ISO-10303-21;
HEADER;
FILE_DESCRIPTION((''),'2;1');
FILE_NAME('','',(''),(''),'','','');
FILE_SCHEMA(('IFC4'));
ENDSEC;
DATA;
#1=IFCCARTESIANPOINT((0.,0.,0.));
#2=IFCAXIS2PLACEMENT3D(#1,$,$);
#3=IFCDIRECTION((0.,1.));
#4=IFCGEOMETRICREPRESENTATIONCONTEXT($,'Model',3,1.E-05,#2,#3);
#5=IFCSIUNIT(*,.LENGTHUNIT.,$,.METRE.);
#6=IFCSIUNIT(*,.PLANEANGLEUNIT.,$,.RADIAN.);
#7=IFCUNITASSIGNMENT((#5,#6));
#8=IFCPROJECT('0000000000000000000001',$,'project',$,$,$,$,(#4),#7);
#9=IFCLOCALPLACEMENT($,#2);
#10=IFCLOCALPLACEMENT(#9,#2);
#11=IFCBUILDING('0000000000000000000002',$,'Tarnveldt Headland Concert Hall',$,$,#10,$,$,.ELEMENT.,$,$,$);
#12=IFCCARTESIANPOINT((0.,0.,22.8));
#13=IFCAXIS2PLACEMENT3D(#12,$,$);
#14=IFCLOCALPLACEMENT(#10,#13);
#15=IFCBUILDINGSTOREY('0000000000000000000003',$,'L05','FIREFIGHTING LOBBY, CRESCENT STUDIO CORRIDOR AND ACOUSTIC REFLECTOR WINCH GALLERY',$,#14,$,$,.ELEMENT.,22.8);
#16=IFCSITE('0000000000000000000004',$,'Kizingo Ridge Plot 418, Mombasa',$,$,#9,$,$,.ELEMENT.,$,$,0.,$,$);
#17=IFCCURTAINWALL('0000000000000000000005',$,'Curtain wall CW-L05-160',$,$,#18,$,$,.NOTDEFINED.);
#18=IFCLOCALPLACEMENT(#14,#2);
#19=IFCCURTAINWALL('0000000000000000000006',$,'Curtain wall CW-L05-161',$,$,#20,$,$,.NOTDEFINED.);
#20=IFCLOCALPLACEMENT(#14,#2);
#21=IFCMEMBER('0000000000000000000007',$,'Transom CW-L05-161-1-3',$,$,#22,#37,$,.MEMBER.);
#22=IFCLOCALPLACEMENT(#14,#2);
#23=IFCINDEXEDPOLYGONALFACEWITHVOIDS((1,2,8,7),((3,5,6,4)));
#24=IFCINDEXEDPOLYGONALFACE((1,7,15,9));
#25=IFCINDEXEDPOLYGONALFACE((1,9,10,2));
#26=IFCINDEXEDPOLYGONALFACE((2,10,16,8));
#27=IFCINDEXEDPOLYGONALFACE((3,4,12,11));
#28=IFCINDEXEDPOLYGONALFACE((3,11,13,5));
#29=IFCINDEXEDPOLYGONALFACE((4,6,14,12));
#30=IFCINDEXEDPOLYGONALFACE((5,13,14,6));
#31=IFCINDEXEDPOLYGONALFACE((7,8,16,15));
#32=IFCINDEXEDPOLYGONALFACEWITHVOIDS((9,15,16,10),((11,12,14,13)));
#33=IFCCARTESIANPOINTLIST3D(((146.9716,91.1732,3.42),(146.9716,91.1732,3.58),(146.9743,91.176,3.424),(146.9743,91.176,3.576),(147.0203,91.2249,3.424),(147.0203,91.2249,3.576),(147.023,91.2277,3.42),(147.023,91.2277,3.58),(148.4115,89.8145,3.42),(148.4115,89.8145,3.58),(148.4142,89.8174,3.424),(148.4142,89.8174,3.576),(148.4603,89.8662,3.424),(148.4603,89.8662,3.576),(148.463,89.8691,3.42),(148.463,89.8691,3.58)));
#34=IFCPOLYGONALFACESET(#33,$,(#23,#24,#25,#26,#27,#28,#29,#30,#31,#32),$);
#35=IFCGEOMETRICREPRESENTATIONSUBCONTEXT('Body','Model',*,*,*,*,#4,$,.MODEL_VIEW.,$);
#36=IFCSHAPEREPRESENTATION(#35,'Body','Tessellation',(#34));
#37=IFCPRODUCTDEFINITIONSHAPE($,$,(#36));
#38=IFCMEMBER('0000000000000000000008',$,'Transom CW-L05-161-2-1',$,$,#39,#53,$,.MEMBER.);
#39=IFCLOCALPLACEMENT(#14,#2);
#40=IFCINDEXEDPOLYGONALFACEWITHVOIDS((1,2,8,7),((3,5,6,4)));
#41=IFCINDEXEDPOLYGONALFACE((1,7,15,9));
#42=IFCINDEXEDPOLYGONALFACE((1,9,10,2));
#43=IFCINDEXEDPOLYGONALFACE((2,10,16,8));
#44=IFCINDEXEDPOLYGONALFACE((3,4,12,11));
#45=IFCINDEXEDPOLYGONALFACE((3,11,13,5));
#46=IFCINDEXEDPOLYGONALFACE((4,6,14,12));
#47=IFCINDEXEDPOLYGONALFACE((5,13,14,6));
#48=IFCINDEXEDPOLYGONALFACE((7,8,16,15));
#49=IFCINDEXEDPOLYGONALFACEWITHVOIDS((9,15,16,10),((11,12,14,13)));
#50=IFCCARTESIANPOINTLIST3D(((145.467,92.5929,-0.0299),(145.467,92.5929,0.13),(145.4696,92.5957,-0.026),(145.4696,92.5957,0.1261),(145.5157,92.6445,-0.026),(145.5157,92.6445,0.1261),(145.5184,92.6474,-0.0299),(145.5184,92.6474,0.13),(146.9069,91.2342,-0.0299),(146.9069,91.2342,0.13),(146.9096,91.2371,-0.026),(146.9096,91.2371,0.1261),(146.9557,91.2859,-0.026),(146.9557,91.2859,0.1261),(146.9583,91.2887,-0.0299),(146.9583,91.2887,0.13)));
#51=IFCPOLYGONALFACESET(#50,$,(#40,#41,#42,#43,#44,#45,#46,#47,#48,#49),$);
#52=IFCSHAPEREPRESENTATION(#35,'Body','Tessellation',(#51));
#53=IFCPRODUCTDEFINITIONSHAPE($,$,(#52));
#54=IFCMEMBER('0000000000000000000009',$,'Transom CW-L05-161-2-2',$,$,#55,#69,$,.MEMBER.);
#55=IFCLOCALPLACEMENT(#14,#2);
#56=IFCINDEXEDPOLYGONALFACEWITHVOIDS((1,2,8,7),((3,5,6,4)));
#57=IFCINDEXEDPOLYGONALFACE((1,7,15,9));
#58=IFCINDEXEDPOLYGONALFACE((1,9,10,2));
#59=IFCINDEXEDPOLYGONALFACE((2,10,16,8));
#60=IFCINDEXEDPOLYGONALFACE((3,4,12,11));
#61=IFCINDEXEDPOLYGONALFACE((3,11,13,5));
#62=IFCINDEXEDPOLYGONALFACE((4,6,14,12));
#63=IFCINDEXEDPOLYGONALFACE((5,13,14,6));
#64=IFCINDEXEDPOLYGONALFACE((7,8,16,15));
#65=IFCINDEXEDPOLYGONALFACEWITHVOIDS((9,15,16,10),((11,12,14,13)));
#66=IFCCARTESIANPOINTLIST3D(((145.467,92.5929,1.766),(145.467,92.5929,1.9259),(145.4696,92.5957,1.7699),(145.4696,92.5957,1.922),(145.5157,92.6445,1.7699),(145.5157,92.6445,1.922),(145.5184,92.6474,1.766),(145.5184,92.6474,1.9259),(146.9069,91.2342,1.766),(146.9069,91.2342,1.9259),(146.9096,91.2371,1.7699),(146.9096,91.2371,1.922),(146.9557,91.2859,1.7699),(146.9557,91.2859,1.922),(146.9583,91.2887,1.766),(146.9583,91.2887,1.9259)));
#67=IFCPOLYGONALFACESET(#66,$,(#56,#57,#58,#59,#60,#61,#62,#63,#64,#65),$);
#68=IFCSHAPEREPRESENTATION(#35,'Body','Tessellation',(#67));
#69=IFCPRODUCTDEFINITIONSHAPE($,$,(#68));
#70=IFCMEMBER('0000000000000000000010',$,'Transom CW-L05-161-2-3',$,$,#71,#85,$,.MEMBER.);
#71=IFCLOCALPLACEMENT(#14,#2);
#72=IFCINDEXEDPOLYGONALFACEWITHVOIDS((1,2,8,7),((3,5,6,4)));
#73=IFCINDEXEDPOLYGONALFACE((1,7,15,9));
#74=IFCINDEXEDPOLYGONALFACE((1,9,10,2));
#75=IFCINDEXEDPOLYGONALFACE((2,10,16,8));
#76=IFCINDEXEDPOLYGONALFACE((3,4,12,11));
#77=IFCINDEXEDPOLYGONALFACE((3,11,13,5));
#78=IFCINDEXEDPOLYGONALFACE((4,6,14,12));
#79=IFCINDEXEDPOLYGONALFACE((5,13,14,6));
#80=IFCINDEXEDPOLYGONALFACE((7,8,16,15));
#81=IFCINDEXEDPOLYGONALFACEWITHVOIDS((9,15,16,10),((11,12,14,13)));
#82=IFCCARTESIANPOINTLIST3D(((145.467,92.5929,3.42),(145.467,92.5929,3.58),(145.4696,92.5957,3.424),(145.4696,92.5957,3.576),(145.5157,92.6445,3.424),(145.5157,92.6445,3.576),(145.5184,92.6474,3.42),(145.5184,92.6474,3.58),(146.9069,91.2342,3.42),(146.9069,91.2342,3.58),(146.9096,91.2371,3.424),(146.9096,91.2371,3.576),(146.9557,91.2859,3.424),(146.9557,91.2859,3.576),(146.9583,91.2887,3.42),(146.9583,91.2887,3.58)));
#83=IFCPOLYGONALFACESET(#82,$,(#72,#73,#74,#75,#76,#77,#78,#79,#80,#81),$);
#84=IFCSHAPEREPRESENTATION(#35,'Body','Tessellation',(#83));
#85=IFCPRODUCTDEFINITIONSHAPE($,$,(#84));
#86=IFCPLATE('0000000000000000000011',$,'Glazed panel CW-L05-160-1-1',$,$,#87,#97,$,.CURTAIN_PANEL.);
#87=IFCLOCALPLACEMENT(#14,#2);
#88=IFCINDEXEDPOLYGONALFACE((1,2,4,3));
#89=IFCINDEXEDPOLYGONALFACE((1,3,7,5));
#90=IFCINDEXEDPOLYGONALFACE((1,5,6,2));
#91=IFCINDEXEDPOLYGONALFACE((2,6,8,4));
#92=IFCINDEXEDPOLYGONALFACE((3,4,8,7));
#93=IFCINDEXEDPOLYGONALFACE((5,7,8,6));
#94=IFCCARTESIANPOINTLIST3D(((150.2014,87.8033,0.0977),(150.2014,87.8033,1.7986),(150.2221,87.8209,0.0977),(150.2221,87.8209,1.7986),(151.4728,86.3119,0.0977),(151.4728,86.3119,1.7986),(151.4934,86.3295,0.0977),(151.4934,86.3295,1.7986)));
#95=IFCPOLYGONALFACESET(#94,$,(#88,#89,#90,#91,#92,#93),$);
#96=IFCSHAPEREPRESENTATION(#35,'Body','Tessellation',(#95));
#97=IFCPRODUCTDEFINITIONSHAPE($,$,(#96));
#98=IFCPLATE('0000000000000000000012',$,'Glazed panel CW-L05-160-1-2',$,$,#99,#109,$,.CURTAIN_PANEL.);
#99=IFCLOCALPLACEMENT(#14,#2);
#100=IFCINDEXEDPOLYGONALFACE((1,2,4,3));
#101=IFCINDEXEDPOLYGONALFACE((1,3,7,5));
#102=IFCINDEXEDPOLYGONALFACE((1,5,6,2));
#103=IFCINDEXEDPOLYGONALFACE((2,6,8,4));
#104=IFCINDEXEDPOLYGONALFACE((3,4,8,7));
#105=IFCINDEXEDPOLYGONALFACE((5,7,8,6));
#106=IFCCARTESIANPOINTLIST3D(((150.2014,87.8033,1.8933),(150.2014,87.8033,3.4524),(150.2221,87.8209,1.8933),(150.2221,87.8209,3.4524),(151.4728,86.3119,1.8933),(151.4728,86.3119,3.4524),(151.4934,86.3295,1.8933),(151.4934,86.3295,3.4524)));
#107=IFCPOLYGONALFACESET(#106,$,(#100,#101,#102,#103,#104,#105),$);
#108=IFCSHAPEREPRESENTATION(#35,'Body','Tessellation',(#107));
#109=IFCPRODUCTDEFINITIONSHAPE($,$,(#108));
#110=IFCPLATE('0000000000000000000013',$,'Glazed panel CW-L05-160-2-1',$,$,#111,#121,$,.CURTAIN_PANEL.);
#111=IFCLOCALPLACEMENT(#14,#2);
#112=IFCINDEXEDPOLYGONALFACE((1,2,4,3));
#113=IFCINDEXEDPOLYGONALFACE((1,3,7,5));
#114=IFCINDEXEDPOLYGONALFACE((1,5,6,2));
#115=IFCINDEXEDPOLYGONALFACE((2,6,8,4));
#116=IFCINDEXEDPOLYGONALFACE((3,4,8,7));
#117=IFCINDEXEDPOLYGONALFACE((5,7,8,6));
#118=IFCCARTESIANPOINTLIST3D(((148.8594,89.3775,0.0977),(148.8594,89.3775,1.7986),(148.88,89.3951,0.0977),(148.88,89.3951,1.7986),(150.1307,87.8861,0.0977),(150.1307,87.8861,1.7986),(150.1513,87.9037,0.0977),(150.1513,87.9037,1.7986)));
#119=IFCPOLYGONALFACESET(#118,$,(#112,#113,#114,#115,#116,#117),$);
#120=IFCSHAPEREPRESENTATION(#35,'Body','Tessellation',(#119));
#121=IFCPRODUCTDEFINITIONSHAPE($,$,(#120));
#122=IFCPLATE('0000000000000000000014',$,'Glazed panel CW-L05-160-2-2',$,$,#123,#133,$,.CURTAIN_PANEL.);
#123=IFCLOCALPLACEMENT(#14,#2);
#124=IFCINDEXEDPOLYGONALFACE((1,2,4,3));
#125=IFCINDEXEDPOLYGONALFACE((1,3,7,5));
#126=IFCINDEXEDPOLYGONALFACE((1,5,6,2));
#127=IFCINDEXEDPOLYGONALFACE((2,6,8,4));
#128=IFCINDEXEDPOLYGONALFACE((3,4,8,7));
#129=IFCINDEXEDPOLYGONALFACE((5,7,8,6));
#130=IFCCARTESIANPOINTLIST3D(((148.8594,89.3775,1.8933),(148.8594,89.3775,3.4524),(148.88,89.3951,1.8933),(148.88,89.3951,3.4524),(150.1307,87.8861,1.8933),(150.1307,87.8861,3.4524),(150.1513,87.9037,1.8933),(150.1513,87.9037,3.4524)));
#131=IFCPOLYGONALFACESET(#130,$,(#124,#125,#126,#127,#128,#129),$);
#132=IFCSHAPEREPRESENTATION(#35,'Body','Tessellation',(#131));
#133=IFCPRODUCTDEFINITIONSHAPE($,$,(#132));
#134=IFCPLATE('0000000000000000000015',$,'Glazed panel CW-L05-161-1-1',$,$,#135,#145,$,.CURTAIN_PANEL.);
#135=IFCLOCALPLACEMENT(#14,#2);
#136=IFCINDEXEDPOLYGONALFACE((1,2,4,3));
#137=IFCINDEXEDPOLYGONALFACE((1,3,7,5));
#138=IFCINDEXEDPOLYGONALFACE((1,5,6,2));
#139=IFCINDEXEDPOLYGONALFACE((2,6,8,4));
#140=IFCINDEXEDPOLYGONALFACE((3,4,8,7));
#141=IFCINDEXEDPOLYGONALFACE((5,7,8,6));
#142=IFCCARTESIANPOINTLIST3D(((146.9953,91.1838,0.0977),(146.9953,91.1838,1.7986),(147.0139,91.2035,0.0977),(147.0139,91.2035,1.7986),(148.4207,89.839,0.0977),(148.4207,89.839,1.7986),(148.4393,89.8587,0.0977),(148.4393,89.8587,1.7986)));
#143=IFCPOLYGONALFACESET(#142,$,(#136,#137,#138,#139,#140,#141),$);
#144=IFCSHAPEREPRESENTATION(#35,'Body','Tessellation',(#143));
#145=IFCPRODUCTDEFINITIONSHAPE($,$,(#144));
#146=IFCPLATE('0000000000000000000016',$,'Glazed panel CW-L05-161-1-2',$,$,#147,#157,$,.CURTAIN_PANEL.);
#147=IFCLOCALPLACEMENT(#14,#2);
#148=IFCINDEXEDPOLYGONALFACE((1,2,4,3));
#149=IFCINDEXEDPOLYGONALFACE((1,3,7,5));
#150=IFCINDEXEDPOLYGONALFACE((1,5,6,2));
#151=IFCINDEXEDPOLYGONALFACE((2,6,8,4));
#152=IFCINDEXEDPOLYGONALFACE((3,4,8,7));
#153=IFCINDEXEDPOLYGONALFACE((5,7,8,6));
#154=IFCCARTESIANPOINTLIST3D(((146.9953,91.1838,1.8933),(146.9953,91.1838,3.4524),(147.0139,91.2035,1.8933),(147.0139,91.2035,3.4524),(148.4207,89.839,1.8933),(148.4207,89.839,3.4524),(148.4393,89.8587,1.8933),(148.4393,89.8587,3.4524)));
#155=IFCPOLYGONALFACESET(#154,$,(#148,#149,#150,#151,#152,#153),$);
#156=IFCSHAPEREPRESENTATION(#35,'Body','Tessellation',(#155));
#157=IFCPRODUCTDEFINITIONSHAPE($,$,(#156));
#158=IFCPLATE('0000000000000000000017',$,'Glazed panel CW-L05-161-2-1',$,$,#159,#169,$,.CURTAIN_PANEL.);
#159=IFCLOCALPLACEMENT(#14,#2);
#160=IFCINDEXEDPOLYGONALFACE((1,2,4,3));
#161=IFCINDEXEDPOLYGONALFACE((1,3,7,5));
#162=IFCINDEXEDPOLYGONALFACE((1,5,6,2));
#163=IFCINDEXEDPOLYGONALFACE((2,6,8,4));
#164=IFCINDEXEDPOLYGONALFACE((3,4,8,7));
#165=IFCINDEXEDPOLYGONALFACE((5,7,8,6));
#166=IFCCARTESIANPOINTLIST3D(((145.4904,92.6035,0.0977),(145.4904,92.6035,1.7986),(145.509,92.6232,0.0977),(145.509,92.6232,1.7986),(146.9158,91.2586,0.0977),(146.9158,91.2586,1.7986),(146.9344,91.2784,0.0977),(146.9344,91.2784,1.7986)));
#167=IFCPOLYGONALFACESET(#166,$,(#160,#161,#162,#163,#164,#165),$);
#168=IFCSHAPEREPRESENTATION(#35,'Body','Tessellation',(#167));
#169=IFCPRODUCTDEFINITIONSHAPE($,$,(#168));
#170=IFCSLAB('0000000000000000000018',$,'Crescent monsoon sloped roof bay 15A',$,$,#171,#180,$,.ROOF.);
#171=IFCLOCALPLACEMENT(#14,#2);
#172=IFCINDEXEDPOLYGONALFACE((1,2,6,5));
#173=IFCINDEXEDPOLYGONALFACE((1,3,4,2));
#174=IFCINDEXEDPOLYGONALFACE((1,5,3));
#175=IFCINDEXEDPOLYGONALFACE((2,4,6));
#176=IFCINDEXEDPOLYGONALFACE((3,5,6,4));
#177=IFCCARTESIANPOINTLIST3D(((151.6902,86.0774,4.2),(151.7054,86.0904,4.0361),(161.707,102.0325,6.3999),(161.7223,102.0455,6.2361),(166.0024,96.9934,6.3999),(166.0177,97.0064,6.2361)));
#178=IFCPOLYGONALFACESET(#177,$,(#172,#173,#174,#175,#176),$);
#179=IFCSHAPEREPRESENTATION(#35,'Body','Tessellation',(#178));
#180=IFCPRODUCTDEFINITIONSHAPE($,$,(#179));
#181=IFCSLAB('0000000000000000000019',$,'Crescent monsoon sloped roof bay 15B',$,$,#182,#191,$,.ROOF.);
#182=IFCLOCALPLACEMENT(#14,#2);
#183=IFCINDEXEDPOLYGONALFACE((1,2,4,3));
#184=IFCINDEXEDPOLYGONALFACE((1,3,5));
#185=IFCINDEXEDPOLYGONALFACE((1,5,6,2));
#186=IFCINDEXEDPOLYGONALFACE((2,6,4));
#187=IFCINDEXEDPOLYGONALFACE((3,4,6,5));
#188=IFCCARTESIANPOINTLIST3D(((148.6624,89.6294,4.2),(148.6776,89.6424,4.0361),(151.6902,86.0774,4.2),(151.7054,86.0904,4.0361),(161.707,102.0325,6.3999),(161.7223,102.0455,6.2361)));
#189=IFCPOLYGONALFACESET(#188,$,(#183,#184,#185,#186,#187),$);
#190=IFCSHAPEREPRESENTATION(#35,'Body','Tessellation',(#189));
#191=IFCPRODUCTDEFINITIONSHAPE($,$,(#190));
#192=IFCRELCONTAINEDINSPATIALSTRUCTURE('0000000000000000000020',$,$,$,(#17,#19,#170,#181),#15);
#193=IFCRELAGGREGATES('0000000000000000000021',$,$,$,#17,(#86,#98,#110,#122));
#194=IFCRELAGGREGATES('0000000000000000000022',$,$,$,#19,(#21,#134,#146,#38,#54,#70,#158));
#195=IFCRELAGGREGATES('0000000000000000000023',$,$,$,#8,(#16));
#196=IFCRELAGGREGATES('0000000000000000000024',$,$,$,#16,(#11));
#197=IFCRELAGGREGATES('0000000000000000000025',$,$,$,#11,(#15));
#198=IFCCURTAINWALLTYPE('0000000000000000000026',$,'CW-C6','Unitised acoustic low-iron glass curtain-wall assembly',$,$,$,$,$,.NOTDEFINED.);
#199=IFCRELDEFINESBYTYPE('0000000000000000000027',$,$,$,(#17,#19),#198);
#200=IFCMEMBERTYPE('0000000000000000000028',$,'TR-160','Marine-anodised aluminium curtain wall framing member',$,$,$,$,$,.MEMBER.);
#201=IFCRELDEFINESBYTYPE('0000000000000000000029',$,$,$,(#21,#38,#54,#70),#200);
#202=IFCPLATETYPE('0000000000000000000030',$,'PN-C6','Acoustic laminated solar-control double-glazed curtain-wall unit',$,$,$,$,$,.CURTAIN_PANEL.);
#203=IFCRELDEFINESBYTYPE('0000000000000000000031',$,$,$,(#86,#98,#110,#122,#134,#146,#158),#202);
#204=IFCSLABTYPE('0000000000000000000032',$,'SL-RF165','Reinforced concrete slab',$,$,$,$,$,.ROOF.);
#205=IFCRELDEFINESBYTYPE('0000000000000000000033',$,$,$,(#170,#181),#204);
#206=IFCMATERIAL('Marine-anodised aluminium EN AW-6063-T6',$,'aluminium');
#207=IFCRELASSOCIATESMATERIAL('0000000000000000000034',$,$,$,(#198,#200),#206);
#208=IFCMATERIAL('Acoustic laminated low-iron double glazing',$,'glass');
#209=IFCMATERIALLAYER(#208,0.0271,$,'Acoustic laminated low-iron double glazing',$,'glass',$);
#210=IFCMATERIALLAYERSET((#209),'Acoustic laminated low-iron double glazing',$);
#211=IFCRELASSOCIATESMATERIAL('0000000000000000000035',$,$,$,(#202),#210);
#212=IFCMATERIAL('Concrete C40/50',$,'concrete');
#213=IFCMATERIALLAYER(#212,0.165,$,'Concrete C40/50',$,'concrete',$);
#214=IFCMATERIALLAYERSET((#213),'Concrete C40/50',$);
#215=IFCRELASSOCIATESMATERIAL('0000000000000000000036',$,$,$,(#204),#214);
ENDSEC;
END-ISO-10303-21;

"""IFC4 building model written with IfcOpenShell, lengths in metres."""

from ifc_helpers import new_model, si_unit, direction, frame, origin, origin_2d, place, context, subcontext, project, spatial, polyline, rectangle, hollow_rectangle, outline, extrude, material, layer, layer_set, material_profile, profile_set, type_object, element, aggregate, save


model = new_model("IFC4")

# Units and contexts
model_context = context("Model", 3, precision=1e-05, world=origin(), true_north=direction((0.0, 1.0)))
body_context = subcontext(model_context, "Body", "Model", "MODEL_VIEW")
ifc_project = project(units=[si_unit("LENGTHUNIT", "METRE"), si_unit("PLANEANGLEUNIT", "RADIAN")], contexts=[model_context])

# Site, building, storey
site_placement = place(None, origin())
site = spatial("IfcSite", under=ifc_project, at=site_placement, Name="Kizingo Ridge Plot 418, Mombasa", CompositionType="ELEMENT", RefElevation=0.0)
building_placement = place(site_placement, origin())
building = spatial("IfcBuilding", under=site, at=building_placement, Name="Tarnveldt Headland Concert Hall", CompositionType="ELEMENT")
storey_placement = place(building_placement, frame((0.0, 0.0, 22.8)))
storey = spatial("IfcBuildingStorey", under=building, at=storey_placement, Name="L05", Description="FIREFIGHTING LOBBY, CRESCENT STUDIO CORRIDOR AND ACOUSTIC REFLECTOR WINCH GALLERY", CompositionType="ELEMENT", Elevation=22.8)

# Shared definitions
ifc_material_1 = material(Name="Marine-anodised aluminium EN AW-6063-T6", Category="aluminium")
curtain_wall_type = type_object("IfcCurtainWallType", Name="CW-C6", Description="Unitised acoustic low-iron glass curtain-wall assembly", PredefinedType="NOTDEFINED", material=ifc_material_1)

# Curtain walls
curtain_wall_1_placement = place(storey_placement, origin())
curtain_wall_1 = element("IfcCurtainWall", 1, at=curtain_wall_1_placement, inside=storey, type_object=curtain_wall_type, Name="Curtain wall CW-L05-160", PredefinedType="NOTDEFINED")
curtain_wall_2_placement = place(storey_placement, origin())
curtain_wall_2 = element("IfcCurtainWall", 2, at=curtain_wall_2_placement, inside=storey, type_object=curtain_wall_type, Name="Curtain wall CW-L05-161", PredefinedType="NOTDEFINED")

# Members
ifc_material_profile_1 = material_profile(ifc_material_1, hollow_rectangle(XDim=0.075, YDim=0.1599, WallThickness=0.0039, at=origin_2d()), Name="ALU TRANSOM 75x160x4", Category="aluminium")
ifc_profile_set_1 = profile_set([ifc_material_profile_1], Name="Marine-anodised aluminium EN AW-6063-T6")
member_type_1 = type_object("IfcMemberType", Name="TR-160", Description="Marine-anodised aluminium curtain wall framing member", PredefinedType="MEMBER", material=ifc_profile_set_1)
member_1_placement = place(storey_placement, frame((148.4373, 89.8418, 3.5), z_axis=(-0.727341, 0.686276, 0.0), x_axis=(-0.686276, -0.727341, 0.0)))
member_1 = element("IfcMember", 3, at=member_1_placement, type_object=member_type_1, Name="Transom CW-L05-161-1-3", PredefinedType="MEMBER", context=body_context, shape_type="SweptSolid", body=[
    extrude(hollow_rectangle(XDim=0.075, YDim=0.1599, WallThickness=0.0039, at=origin_2d()), origin(), (0.0, 0.0, 1.0), 1.9797),
])
member_2_placement = place(storey_placement, frame((146.9326, 91.2615, 0.05), z_axis=(-0.727341, 0.686276, 0.0), x_axis=(-0.686276, -0.727341, 0.0)))
member_2 = element("IfcMember", 4, at=member_2_placement, type_object=member_type_1, Name="Transom CW-L05-161-2-1", PredefinedType="MEMBER", context=body_context, shape_type="SweptSolid", body=[
    extrude(hollow_rectangle(XDim=0.075, YDim=0.1599, WallThickness=0.0039, at=origin_2d()), origin(), (0.0, 0.0, 1.0), 1.9797),
])
member_3_placement = place(storey_placement, frame((146.9326, 91.2615, 1.8459), z_axis=(-0.727341, 0.686276, 0.0), x_axis=(-0.686276, -0.727341, 0.0)))
member_3 = element("IfcMember", 5, at=member_3_placement, type_object=member_type_1, Name="Transom CW-L05-161-2-2", PredefinedType="MEMBER", context=body_context, shape_type="SweptSolid", body=[
    extrude(hollow_rectangle(XDim=0.075, YDim=0.1599, WallThickness=0.0039, at=origin_2d()), origin(), (0.0, 0.0, 1.0), 1.9797),
])
member_4_placement = place(storey_placement, frame((146.9326, 91.2615, 3.5), z_axis=(-0.727341, 0.686276, 0.0), x_axis=(-0.686276, -0.727341, 0.0)))
member_4 = element("IfcMember", 6, at=member_4_placement, type_object=member_type_1, Name="Transom CW-L05-161-2-3", PredefinedType="MEMBER", context=body_context, shape_type="SweptSolid", body=[
    extrude(hollow_rectangle(XDim=0.075, YDim=0.1599, WallThickness=0.0039, at=origin_2d()), origin(), (0.0, 0.0, 1.0), 1.9797),
])

# Plates
ifc_material_2 = material(Name="Acoustic laminated low-iron double glazing", Category="glass")
ifc_layer_1 = layer(ifc_material_2, 0.0271, Name="Acoustic laminated low-iron double glazing", Category="glass")
ifc_layer_set_1 = layer_set([ifc_layer_1], Name="Acoustic laminated low-iron double glazing")
plate_type = type_object("IfcPlateType", Name="PN-C6", Description="Acoustic laminated solar-control double-glazed curtain-wall unit", PredefinedType="CURTAIN_PANEL", material=ifc_layer_set_1)
plate_1_placement = place(storey_placement, frame((150.8474, 87.0664, 0.0977), z_axis=(0.0, 0.0, 1.0), x_axis=(-0.648718, 0.761029, 0.0)))
plate_1 = element("IfcPlate", 7, at=plate_1_placement, type_object=plate_type, Name="Glazed panel CW-L05-160-1-1", PredefinedType="CURTAIN_PANEL", context=body_context, shape_type="SweptSolid", body=[
    extrude(rectangle(XDim=1.9597, YDim=0.0271, at=origin_2d()), origin(), (0.0, 0.0, 1.0), 1.7009),
])
plate_2_placement = place(storey_placement, frame((150.8474, 87.0664, 1.8933), z_axis=(0.0, 0.0, 1.0), x_axis=(-0.648718, 0.761029, 0.0)))
plate_2 = element("IfcPlate", 8, at=plate_2_placement, type_object=plate_type, Name="Glazed panel CW-L05-160-1-2", PredefinedType="CURTAIN_PANEL", context=body_context, shape_type="SweptSolid", body=[
    extrude(rectangle(XDim=1.9597, YDim=0.0271, at=origin_2d()), origin(), (0.0, 0.0, 1.0), 1.5591),
])
plate_3_placement = place(storey_placement, frame((149.5054, 88.6406, 0.0977), z_axis=(0.0, 0.0, 1.0), x_axis=(-0.648718, 0.761029, 0.0)))
plate_3 = element("IfcPlate", 9, at=plate_3_placement, type_object=plate_type, Name="Glazed panel CW-L05-160-2-1", PredefinedType="CURTAIN_PANEL", context=body_context, shape_type="SweptSolid", body=[
    extrude(rectangle(XDim=1.9597, YDim=0.0271, at=origin_2d()), origin(), (0.0, 0.0, 1.0), 1.7009),
])
plate_4_placement = place(storey_placement, frame((149.5054, 88.6406, 1.8933), z_axis=(0.0, 0.0, 1.0), x_axis=(-0.648718, 0.761029, 0.0)))
plate_4 = element("IfcPlate", 10, at=plate_4_placement, type_object=plate_type, Name="Glazed panel CW-L05-160-2-2", PredefinedType="CURTAIN_PANEL", context=body_context, shape_type="SweptSolid", body=[
    extrude(rectangle(XDim=1.9597, YDim=0.0271, at=origin_2d()), origin(), (0.0, 0.0, 1.0), 1.5591),
])
aggregate(curtain_wall_1, [plate_1, plate_2, plate_3, plate_4])
plate_5_placement = place(storey_placement, frame((147.7173, 90.5212, 0.0977), z_axis=(0.0, 0.0, 1.0), x_axis=(-0.727378, 0.686237, 0.0)))
plate_5 = element("IfcPlate", 11, at=plate_5_placement, type_object=plate_type, Name="Glazed panel CW-L05-161-1-1", PredefinedType="CURTAIN_PANEL", context=body_context, shape_type="SweptSolid", body=[
    extrude(rectangle(XDim=1.9597, YDim=0.0271, at=origin_2d()), origin(), (0.0, 0.0, 1.0), 1.7009),
])
plate_6_placement = place(storey_placement, frame((147.7173, 90.5212, 1.8933), z_axis=(0.0, 0.0, 1.0), x_axis=(-0.727378, 0.686237, 0.0)))
plate_6 = element("IfcPlate", 12, at=plate_6_placement, type_object=plate_type, Name="Glazed panel CW-L05-161-1-2", PredefinedType="CURTAIN_PANEL", context=body_context, shape_type="SweptSolid", body=[
    extrude(rectangle(XDim=1.9597, YDim=0.0271, at=origin_2d()), origin(), (0.0, 0.0, 1.0), 1.5591),
])
plate_7_placement = place(storey_placement, frame((146.2124, 91.9409, 0.0977), z_axis=(0.0, 0.0, 1.0), x_axis=(-0.727378, 0.686237, 0.0)))
plate_7 = element("IfcPlate", 13, at=plate_7_placement, type_object=plate_type, Name="Glazed panel CW-L05-161-2-1", PredefinedType="CURTAIN_PANEL", context=body_context, shape_type="SweptSolid", body=[
    extrude(rectangle(XDim=1.9597, YDim=0.0271, at=origin_2d()), origin(), (0.0, 0.0, 1.0), 1.7009),
])
aggregate(curtain_wall_2, [member_1, plate_5, plate_6, member_2, member_3, member_4, plate_7])

# Slabs
ifc_material_3 = material(Name="Concrete C40/50", Category="concrete")
ifc_layer_2 = layer(ifc_material_3, 0.165, Name="Concrete C40/50", Category="concrete")
ifc_layer_set_2 = layer_set([ifc_layer_2], Name="Concrete C40/50")
slab_type = type_object("IfcSlabType", Name="SL-RF165", Description="Reinforced concrete slab", PredefinedType="ROOF", material=ifc_layer_set_2)
slab_1_placement = place(storey_placement, frame((151.6902, 86.0774, 4.2), z_axis=(-0.09246, -0.078815, 0.992592), x_axis=(0.789252, 0.601966, 0.121317)))
element("IfcSlab", 14, at=slab_1_placement, inside=storey, type_object=slab_type, Name="Crescent monsoon sloped roof bay 15A", PredefinedType="ROOF", context=body_context, shape_type="SweptSolid", body=[
    extrude(outline(polyline([(0.0, 0.0), (18.1339, 0.0), (17.7771, 6.6118), (0.0, 0.0)])), origin(), (0.0, 0.0, -1.0), 0.165),
])
slab_2_placement = place(storey_placement, frame((151.6902, 86.0774, 4.2), z_axis=(-0.092459, -0.078815, 0.992592), x_axis=(0.528124, 0.841209, 0.115989)))
element("IfcSlab", 15, at=slab_2_placement, inside=storey, type_object=slab_type, Name="Crescent monsoon sloped roof bay 15B", PredefinedType="ROOF", context=body_context, shape_type="SweptSolid", body=[
    extrude(outline(polyline([(0.0, 0.0), (18.9669, 0.0), (1.3889, 4.4559), (0.0, 0.0)])), origin(), (0.0, 0.0, -1.0), 0.165),
])

save(model, "model.ifc")
